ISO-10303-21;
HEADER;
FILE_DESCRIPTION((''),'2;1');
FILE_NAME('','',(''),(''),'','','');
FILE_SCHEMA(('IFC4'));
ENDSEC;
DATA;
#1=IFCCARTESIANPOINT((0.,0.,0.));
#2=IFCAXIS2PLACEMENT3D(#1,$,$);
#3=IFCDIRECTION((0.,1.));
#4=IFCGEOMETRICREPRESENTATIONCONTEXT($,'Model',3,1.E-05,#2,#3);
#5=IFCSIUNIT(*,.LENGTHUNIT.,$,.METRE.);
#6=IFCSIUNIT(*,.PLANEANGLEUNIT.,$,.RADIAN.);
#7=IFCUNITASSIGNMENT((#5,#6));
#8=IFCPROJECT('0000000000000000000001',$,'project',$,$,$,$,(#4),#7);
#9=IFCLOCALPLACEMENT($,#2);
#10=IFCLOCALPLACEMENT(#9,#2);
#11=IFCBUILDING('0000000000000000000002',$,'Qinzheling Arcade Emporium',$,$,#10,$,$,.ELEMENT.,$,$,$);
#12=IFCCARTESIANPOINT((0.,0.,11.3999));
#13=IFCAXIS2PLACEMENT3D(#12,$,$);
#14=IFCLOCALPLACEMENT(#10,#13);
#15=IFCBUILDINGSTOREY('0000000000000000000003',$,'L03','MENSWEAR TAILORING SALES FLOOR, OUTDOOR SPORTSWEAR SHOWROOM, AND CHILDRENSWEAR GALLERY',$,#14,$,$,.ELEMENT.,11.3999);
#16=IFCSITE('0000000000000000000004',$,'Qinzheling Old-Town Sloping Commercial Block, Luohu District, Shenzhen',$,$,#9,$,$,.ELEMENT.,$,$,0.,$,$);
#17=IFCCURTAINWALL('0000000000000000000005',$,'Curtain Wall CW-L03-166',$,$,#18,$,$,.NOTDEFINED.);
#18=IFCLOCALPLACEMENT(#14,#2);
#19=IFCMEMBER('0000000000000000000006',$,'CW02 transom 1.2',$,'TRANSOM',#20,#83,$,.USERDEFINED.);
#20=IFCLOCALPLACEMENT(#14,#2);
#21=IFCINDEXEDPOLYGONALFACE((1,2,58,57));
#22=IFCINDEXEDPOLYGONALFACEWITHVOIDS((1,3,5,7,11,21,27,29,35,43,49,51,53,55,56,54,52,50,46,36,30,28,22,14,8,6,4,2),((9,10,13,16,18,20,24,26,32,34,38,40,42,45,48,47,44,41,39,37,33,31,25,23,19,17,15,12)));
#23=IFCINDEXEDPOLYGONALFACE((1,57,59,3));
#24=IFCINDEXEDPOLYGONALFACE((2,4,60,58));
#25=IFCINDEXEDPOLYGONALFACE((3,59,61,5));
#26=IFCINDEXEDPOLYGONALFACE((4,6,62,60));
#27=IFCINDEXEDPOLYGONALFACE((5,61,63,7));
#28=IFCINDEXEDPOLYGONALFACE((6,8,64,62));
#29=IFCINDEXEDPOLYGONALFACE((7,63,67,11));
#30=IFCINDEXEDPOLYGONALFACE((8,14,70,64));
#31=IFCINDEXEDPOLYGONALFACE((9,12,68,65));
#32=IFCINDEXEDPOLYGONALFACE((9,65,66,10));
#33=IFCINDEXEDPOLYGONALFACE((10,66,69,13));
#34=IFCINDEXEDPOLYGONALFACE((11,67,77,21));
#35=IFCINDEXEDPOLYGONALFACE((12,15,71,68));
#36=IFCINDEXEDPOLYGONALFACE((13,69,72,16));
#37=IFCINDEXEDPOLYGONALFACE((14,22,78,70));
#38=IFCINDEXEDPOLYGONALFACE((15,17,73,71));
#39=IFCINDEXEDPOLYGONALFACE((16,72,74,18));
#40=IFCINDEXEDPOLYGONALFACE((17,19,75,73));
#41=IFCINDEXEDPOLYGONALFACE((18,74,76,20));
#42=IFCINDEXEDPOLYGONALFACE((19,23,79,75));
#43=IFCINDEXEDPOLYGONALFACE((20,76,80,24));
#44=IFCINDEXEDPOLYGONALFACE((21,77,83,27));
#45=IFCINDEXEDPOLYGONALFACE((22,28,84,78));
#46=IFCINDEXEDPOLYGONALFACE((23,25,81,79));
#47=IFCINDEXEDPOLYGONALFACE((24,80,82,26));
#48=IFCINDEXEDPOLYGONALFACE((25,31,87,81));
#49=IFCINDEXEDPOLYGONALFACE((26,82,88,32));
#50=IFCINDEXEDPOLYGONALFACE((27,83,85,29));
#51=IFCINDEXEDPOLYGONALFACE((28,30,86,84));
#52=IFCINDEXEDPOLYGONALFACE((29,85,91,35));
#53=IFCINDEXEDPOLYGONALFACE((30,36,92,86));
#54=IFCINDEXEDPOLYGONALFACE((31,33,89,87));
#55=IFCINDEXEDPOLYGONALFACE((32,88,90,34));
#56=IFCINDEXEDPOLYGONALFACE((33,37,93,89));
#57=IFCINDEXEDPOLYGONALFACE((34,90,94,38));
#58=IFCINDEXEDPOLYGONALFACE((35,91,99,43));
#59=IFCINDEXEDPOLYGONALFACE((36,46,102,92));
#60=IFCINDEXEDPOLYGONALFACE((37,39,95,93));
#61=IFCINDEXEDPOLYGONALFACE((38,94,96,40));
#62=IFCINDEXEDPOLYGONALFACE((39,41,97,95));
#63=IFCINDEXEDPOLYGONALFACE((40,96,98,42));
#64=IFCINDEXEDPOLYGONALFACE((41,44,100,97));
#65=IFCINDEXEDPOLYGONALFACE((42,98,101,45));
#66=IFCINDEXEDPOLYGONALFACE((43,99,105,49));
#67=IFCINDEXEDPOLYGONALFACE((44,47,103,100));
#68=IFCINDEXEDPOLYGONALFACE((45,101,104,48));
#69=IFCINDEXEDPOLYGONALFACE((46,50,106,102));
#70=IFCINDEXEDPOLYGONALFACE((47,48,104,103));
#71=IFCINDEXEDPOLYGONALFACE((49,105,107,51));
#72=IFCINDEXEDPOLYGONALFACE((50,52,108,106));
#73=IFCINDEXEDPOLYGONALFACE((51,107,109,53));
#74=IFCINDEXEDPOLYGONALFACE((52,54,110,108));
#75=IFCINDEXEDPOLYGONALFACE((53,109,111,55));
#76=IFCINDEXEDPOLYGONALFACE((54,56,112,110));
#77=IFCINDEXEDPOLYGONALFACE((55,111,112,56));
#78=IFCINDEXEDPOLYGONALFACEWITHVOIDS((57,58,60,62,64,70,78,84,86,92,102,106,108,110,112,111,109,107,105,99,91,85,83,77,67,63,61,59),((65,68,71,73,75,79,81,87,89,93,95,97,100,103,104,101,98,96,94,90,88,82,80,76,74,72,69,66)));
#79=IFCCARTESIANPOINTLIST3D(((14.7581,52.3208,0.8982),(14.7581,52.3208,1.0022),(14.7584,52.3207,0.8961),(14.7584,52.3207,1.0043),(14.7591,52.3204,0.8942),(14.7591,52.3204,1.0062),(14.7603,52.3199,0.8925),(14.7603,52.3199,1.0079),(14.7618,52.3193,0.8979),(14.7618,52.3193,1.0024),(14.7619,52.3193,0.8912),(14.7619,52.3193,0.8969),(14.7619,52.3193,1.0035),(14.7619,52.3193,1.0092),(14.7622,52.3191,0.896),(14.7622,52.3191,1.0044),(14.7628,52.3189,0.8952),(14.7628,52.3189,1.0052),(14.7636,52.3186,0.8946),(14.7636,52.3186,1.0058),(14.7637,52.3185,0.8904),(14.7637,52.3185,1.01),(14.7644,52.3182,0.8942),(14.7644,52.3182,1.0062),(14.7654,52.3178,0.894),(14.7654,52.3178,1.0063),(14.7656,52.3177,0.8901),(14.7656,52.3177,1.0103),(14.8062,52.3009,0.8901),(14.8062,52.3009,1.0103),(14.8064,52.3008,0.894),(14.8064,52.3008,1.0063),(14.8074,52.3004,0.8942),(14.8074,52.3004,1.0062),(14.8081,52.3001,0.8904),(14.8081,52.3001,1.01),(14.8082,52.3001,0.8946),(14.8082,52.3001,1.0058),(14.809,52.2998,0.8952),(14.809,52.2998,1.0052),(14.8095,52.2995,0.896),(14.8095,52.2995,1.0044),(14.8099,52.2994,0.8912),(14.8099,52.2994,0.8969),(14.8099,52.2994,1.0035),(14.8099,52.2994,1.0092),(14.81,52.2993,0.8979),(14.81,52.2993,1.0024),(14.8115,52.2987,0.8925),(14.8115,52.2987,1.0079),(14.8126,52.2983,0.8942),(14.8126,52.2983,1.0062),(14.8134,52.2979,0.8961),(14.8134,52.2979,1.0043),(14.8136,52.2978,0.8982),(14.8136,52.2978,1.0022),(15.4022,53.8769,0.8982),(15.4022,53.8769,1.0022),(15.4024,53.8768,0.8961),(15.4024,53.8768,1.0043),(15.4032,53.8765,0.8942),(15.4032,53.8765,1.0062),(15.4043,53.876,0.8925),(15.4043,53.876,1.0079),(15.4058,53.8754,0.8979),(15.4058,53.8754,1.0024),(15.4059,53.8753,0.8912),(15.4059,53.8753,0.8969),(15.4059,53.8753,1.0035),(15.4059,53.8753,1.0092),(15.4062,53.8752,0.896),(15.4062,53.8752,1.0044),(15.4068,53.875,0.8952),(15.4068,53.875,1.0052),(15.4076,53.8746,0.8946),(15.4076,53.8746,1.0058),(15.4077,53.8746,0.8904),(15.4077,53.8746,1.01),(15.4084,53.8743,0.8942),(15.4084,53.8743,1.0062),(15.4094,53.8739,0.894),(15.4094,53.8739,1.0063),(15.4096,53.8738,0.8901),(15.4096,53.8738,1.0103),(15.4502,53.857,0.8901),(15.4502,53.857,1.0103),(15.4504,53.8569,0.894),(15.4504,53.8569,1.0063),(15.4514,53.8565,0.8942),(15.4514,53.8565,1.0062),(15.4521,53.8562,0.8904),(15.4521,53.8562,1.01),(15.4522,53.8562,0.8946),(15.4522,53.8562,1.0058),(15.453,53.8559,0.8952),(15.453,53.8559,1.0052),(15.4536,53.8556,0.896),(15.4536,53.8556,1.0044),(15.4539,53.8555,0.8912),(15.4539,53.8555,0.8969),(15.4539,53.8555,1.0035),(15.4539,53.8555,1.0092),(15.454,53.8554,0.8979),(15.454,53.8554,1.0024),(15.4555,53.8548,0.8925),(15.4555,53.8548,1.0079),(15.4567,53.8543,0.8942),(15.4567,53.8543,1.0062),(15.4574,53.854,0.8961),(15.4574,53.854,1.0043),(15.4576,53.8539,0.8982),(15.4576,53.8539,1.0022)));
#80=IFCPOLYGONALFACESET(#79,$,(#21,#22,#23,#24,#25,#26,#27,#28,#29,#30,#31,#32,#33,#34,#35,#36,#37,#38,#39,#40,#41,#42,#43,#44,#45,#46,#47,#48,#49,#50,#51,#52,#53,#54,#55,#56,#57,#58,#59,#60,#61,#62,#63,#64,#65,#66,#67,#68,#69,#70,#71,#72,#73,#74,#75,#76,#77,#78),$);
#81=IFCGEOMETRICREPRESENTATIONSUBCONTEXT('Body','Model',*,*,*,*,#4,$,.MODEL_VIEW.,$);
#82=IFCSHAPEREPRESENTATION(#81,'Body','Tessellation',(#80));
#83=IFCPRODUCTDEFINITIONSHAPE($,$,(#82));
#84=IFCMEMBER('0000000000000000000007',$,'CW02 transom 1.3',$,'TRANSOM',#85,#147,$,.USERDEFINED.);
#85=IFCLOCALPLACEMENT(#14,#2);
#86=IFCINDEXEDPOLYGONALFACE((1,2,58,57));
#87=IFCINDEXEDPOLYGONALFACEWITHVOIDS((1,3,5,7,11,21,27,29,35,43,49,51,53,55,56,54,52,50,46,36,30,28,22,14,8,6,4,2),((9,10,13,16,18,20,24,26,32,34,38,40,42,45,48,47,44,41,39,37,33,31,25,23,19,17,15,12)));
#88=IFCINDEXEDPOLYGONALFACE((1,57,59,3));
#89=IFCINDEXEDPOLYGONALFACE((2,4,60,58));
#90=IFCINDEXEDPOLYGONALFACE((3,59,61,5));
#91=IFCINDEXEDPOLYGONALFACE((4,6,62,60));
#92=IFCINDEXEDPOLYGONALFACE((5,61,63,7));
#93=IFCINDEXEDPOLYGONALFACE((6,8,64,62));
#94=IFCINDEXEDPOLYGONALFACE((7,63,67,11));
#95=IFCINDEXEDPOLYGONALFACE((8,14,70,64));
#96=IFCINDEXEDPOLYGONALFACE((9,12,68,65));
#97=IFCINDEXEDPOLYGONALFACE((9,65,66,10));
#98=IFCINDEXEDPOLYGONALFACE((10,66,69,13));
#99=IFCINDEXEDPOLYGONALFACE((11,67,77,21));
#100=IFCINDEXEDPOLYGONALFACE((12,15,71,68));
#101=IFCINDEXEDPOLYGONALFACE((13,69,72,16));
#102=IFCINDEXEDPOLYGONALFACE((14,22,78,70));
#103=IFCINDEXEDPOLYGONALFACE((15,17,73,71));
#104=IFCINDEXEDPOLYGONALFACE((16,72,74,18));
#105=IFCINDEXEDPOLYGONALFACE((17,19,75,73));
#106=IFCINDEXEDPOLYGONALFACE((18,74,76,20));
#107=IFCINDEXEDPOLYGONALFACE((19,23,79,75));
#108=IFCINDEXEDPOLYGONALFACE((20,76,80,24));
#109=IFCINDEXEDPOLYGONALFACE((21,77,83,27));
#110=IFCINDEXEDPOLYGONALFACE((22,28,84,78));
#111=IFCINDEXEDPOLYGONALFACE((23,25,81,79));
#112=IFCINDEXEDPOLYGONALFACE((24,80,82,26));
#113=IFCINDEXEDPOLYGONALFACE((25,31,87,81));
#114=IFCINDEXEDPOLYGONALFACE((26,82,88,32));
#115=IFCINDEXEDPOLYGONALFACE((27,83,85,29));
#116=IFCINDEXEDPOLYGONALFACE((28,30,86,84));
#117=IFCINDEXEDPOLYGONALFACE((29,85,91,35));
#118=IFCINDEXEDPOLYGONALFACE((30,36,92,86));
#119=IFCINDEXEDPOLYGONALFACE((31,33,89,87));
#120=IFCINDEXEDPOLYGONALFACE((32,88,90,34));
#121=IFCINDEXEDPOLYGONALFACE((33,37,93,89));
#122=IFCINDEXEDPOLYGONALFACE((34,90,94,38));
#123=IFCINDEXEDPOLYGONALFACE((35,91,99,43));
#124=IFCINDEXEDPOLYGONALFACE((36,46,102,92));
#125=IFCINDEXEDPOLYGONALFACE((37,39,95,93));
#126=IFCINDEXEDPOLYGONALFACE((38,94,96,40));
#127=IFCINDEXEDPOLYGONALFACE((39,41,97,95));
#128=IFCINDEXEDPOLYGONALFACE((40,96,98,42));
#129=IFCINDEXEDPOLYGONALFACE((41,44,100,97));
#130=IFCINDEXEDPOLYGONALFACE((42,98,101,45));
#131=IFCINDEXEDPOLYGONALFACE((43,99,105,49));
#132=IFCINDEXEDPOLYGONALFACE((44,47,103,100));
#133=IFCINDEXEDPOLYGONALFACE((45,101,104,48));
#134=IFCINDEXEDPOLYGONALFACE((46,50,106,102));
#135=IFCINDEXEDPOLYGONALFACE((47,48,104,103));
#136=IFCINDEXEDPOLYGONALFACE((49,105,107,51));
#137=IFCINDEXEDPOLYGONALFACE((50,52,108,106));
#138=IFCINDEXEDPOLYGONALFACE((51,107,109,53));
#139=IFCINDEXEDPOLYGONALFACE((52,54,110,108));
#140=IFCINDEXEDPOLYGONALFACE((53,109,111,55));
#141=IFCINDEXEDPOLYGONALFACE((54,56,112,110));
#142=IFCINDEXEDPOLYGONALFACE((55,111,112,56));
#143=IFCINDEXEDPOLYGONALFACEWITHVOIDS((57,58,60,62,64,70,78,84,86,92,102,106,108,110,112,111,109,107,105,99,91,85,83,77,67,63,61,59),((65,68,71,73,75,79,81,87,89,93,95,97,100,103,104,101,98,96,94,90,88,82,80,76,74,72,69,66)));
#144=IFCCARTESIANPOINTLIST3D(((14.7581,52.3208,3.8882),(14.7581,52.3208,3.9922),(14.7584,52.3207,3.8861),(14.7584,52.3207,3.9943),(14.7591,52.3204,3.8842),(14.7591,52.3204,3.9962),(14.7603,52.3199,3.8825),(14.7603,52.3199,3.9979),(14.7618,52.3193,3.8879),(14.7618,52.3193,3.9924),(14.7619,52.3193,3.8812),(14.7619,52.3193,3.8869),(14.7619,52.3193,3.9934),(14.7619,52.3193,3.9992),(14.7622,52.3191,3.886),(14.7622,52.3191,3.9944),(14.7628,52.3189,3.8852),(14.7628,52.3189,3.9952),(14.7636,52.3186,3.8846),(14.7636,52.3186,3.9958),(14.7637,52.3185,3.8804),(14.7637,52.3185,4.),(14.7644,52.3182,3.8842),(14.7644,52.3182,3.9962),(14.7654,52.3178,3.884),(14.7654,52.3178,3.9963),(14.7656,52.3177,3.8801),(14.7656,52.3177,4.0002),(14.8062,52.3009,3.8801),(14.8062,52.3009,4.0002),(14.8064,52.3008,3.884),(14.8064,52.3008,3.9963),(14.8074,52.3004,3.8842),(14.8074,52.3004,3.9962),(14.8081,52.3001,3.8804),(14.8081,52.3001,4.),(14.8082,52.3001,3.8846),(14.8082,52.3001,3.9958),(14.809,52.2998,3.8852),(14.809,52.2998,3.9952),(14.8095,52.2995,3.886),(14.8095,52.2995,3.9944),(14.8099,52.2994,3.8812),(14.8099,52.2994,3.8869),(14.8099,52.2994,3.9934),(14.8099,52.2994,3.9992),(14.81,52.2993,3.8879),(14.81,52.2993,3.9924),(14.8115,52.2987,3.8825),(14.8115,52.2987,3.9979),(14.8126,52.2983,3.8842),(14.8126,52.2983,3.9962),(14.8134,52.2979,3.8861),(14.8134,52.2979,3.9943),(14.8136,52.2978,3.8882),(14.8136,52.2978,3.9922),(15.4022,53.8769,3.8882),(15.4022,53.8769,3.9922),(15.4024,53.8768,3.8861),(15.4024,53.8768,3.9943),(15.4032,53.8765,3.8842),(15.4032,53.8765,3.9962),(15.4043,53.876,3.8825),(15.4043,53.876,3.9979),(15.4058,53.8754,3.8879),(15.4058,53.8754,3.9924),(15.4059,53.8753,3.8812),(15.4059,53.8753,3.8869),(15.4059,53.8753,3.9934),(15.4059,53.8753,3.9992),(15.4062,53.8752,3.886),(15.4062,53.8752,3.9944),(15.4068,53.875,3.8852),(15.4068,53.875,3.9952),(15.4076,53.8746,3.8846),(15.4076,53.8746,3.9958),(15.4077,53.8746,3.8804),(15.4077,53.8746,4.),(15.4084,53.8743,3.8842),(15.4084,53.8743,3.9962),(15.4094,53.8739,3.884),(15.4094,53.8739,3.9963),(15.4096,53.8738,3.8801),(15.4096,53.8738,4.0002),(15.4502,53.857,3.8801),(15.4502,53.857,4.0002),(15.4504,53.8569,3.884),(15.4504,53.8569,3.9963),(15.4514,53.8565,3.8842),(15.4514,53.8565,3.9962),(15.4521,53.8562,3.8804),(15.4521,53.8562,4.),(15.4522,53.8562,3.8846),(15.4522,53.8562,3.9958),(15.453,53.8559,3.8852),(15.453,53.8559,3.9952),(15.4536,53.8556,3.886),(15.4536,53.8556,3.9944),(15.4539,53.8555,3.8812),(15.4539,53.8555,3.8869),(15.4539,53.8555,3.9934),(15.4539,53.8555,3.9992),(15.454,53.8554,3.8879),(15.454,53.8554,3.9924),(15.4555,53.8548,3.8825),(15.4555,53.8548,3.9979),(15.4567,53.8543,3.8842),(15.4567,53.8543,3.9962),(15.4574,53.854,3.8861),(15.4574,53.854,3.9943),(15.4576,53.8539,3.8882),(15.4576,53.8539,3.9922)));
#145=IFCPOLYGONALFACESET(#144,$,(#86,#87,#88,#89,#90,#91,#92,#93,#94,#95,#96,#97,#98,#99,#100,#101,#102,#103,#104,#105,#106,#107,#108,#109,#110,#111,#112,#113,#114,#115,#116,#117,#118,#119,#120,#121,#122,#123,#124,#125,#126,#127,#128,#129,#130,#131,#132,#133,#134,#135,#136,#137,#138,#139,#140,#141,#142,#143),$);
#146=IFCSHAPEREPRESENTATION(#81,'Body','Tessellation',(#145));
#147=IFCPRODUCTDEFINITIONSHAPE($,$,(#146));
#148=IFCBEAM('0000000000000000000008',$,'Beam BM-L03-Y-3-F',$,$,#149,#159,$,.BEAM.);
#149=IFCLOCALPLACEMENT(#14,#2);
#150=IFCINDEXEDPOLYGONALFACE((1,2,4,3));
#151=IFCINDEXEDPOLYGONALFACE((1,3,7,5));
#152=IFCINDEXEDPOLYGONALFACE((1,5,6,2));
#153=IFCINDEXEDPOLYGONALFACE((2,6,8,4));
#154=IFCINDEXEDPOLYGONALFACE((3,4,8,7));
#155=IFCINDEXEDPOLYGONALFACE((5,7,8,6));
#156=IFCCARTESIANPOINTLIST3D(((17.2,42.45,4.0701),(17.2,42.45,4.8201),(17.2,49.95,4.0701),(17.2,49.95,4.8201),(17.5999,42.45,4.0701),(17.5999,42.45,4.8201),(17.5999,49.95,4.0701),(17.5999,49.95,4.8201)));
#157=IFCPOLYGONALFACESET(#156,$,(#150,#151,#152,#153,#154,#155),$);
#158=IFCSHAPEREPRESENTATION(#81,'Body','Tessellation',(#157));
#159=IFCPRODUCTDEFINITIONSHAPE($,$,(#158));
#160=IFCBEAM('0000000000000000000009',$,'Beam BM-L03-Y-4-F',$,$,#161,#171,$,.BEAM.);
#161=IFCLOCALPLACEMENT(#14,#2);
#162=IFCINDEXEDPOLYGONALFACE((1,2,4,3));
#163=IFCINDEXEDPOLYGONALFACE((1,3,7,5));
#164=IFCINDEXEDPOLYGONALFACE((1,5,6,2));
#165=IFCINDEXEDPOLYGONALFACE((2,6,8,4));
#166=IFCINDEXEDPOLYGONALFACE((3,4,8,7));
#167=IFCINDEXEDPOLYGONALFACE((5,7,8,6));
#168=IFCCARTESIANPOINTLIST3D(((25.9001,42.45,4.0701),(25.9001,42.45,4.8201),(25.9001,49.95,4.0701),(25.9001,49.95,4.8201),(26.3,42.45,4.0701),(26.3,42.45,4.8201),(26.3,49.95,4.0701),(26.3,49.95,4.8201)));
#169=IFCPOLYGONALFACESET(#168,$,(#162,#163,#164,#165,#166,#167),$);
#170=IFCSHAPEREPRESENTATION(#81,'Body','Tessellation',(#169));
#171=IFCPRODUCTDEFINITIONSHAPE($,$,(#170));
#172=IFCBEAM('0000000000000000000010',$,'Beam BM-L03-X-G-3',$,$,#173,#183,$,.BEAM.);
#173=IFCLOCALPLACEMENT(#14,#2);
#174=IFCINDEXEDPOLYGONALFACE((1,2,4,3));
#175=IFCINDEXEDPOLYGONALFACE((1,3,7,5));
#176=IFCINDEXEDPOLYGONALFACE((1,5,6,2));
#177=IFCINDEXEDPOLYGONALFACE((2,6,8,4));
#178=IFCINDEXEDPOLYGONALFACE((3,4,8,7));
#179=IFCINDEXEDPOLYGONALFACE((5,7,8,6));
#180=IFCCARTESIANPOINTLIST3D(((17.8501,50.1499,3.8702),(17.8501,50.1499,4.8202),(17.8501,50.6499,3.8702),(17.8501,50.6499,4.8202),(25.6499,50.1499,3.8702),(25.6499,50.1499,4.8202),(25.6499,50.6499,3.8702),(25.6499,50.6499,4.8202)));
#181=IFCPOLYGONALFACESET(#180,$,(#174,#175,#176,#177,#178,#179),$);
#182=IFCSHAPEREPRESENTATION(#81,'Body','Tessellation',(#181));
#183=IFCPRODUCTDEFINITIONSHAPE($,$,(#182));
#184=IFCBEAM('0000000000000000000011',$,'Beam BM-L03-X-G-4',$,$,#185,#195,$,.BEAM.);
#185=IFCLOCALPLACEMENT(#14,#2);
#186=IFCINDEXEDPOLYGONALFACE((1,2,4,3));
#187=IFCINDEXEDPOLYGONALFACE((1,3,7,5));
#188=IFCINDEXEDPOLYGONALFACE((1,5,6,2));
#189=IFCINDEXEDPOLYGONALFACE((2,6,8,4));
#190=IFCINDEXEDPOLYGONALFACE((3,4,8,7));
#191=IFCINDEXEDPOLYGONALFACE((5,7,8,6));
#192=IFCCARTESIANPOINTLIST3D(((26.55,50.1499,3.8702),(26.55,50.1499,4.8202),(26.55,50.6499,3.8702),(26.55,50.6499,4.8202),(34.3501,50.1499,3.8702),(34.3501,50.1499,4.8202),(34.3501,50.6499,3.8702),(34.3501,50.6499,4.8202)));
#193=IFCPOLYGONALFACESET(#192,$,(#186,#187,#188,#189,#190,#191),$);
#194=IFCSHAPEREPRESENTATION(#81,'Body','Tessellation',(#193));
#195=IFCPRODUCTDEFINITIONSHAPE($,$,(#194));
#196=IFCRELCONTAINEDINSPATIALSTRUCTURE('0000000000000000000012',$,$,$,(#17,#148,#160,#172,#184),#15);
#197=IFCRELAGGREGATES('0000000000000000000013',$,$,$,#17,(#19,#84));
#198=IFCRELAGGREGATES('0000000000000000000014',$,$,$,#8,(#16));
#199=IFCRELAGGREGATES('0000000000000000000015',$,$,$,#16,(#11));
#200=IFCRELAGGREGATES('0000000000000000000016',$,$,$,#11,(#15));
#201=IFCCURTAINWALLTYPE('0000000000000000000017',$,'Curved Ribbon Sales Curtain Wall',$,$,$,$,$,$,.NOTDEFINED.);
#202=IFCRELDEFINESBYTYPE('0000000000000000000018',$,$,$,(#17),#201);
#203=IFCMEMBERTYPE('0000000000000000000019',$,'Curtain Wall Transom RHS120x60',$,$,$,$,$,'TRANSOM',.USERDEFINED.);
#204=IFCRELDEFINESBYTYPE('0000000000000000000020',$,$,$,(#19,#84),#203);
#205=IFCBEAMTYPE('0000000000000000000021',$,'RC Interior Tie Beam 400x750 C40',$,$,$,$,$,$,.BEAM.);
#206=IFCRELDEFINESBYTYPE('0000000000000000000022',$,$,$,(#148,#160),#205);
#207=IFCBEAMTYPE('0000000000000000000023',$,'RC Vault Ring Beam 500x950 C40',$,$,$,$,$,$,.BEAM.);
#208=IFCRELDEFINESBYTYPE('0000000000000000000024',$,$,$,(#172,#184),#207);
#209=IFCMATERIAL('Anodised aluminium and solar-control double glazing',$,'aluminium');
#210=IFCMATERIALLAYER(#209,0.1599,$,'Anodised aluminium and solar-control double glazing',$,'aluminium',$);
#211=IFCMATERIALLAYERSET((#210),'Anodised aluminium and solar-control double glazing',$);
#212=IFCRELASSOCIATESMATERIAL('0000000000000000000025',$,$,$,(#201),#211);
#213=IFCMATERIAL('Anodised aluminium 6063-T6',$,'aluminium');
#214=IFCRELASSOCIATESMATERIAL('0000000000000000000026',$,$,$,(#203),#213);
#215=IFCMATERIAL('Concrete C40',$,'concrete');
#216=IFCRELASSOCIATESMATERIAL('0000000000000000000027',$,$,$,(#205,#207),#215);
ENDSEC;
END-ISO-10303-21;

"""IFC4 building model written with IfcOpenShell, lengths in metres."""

from ifc_helpers import new_model, si_unit, direction, frame, origin, origin_2d, place, context, subcontext, project, spatial, rectangle, hollow_rectangle, extrude, material, layer, layer_set, material_profile, profile_set, type_object, element, aggregate, save


model = new_model("IFC4")

# Units and contexts
model_context = context("Model", 3, precision=1e-05, world=origin(), true_north=direction((0.0, 1.0)))
body_context = subcontext(model_context, "Body", "Model", "MODEL_VIEW")
ifc_project = project(units=[si_unit("LENGTHUNIT", "METRE"), si_unit("PLANEANGLEUNIT", "RADIAN")], contexts=[model_context])

# Site, building, storey
site_placement = place(None, origin())
site = spatial("IfcSite", under=ifc_project, at=site_placement, Name="Qinzheling Old-Town Sloping Commercial Block, Luohu District, Shenzhen", CompositionType="ELEMENT", RefElevation=0.0)
building_placement = place(site_placement, origin())
building = spatial("IfcBuilding", under=site, at=building_placement, Name="Qinzheling Arcade Emporium", CompositionType="ELEMENT")
storey_placement = place(building_placement, frame((0.0, 0.0, 11.3999)))
storey = spatial("IfcBuildingStorey", under=building, at=storey_placement, Name="L03", Description="MENSWEAR TAILORING SALES FLOOR, OUTDOOR SPORTSWEAR SHOWROOM, AND CHILDRENSWEAR GALLERY", CompositionType="ELEMENT", Elevation=11.3999)

# Shared definitions
ifc_material_1 = material(Name="Anodised aluminium and solar-control double glazing", Category="aluminium")
ifc_layer_1 = layer(ifc_material_1, 0.1599, Name="Anodised aluminium and solar-control double glazing", Category="aluminium")
ifc_layer_set_1 = layer_set([ifc_layer_1], Name="Anodised aluminium and solar-control double glazing")
curtain_wall_type = type_object("IfcCurtainWallType", Name="Curved Ribbon Sales Curtain Wall", PredefinedType="NOTDEFINED", material=ifc_layer_set_1)
ifc_material_2 = material(Name="Anodised aluminium 6063-T6", Category="aluminium")

# Curtain wall
curtain_wall_1_placement = place(storey_placement, origin())
curtain_wall_1 = element("IfcCurtainWall", 1, at=curtain_wall_1_placement, inside=storey, type_object=curtain_wall_type, Name="Curtain Wall CW-L03-166", PredefinedType="NOTDEFINED")

# Members
ifc_material_profile_1 = material_profile(ifc_material_2, hollow_rectangle(XDim=0.0601, YDim=0.1201, WallThickness=0.0039, InnerFilletRadius=0.0039, OuterFilletRadius=0.0081, at=origin_2d()), Name="RHS 120x60x4", Category="aluminium")
ifc_profile_set_1 = profile_set([ifc_material_profile_1], Name="Anodised aluminium 6063-T6")
member_type_1 = type_object("IfcMemberType", Name="Curtain Wall Transom RHS120x60", ElementType="TRANSOM", PredefinedType="USERDEFINED", material=ifc_profile_set_1)
member_1_placement = place(storey_placement, frame((14.7859, 52.3093, 0.9502), z_axis=(0.382412, 0.923992, 0.0), x_axis=(-0.923992, 0.382412, 0.0)))
member_1 = element("IfcMember", 2, at=member_1_placement, type_object=member_type_1, Name="CW02 transom 1.2", ObjectType="TRANSOM", PredefinedType="USERDEFINED", context=body_context, shape_type="SweptSolid", body=[
    extrude(hollow_rectangle(XDim=0.0601, YDim=0.1201, WallThickness=0.0039, InnerFilletRadius=0.0039, OuterFilletRadius=0.0081, at=origin_2d()), origin(), (0.0, 0.0, 1.0), 1.6841),
])
member_2_placement = place(storey_placement, frame((14.7859, 52.3093, 3.9402), z_axis=(0.382412, 0.923992, 0.0), x_axis=(-0.923992, 0.382412, 0.0)))
member_2 = element("IfcMember", 3, at=member_2_placement, type_object=member_type_1, Name="CW02 transom 1.3", ObjectType="TRANSOM", PredefinedType="USERDEFINED", context=body_context, shape_type="SweptSolid", body=[
    extrude(hollow_rectangle(XDim=0.0601, YDim=0.1201, WallThickness=0.0039, InnerFilletRadius=0.0039, OuterFilletRadius=0.0081, at=origin_2d()), origin(), (0.0, 0.0, 1.0), 1.6841),
])
aggregate(curtain_wall_1, [member_1, member_2])

# Beams
ifc_material_3 = material(Name="Concrete C40", Category="concrete")
ifc_material_profile_2 = material_profile(ifc_material_3, rectangle(XDim=0.3999, YDim=0.75, at=origin_2d()), Name="RC 400x750", Category="concrete")
ifc_profile_set_2 = profile_set([ifc_material_profile_2], Name="Concrete C40")
beam_type_1 = type_object("IfcBeamType", Name="RC Interior Tie Beam 400x750 C40", PredefinedType="BEAM", material=ifc_profile_set_2)
for number, where, z_axis, x_axis, name in (
    (4, (17.3999, 42.45, 4.4451), (0.0, 1.0, 0.0), (-1.0, 0.0, 0.0), "Beam BM-L03-Y-3-F"),
    (5, (26.1001, 42.45, 4.4451), (0.0, 1.0, 0.0), (-1.0, 0.0, 0.0), "Beam BM-L03-Y-4-F"),
):
    element("IfcBeam", number, at=place(storey_placement, frame(where, z_axis=z_axis, x_axis=x_axis)), inside=storey, type_object=beam_type_1, Name=name, PredefinedType="BEAM", context=body_context, shape_type="SweptSolid", body=[
        extrude(rectangle(XDim=0.3999, YDim=0.75, at=origin_2d()), origin(), (0.0, 0.0, 1.0), 7.5),
    ])
ifc_material_profile_3 = material_profile(ifc_material_3, rectangle(XDim=0.5, YDim=0.95, at=origin_2d()), Name="RC 500x950", Category="concrete")
ifc_profile_set_3 = profile_set([ifc_material_profile_3], Name="Concrete C40")
beam_type_2 = type_object("IfcBeamType", Name="RC Vault Ring Beam 500x950 C40", PredefinedType="BEAM", material=ifc_profile_set_3)
beam_1_placement = place(storey_placement, frame((17.8501, 50.3999, 4.3452), z_axis=(1.0, 0.0, 0.0), x_axis=(0.0, 1.0, 0.0)))
element("IfcBeam", 6, at=beam_1_placement, inside=storey, type_object=beam_type_2, Name="Beam BM-L03-X-G-3", PredefinedType="BEAM", context=body_context, shape_type="SweptSolid", body=[
    extrude(rectangle(XDim=0.5, YDim=0.95, at=origin_2d()), origin(), (0.0, 0.0, 1.0), 7.7998),
])
beam_2_placement = place(storey_placement, frame((26.55, 50.3999, 4.3452), z_axis=(1.0, 0.0, 0.0), x_axis=(0.0, 1.0, 0.0)))
element("IfcBeam", 7, at=beam_2_placement, inside=storey, type_object=beam_type_2, Name="Beam BM-L03-X-G-4", PredefinedType="BEAM", context=body_context, shape_type="SweptSolid", body=[
    extrude(rectangle(XDim=0.5, YDim=0.95, at=origin_2d()), origin(), (0.0, 0.0, 1.0), 7.8),
])

save(model, "model.ifc")
